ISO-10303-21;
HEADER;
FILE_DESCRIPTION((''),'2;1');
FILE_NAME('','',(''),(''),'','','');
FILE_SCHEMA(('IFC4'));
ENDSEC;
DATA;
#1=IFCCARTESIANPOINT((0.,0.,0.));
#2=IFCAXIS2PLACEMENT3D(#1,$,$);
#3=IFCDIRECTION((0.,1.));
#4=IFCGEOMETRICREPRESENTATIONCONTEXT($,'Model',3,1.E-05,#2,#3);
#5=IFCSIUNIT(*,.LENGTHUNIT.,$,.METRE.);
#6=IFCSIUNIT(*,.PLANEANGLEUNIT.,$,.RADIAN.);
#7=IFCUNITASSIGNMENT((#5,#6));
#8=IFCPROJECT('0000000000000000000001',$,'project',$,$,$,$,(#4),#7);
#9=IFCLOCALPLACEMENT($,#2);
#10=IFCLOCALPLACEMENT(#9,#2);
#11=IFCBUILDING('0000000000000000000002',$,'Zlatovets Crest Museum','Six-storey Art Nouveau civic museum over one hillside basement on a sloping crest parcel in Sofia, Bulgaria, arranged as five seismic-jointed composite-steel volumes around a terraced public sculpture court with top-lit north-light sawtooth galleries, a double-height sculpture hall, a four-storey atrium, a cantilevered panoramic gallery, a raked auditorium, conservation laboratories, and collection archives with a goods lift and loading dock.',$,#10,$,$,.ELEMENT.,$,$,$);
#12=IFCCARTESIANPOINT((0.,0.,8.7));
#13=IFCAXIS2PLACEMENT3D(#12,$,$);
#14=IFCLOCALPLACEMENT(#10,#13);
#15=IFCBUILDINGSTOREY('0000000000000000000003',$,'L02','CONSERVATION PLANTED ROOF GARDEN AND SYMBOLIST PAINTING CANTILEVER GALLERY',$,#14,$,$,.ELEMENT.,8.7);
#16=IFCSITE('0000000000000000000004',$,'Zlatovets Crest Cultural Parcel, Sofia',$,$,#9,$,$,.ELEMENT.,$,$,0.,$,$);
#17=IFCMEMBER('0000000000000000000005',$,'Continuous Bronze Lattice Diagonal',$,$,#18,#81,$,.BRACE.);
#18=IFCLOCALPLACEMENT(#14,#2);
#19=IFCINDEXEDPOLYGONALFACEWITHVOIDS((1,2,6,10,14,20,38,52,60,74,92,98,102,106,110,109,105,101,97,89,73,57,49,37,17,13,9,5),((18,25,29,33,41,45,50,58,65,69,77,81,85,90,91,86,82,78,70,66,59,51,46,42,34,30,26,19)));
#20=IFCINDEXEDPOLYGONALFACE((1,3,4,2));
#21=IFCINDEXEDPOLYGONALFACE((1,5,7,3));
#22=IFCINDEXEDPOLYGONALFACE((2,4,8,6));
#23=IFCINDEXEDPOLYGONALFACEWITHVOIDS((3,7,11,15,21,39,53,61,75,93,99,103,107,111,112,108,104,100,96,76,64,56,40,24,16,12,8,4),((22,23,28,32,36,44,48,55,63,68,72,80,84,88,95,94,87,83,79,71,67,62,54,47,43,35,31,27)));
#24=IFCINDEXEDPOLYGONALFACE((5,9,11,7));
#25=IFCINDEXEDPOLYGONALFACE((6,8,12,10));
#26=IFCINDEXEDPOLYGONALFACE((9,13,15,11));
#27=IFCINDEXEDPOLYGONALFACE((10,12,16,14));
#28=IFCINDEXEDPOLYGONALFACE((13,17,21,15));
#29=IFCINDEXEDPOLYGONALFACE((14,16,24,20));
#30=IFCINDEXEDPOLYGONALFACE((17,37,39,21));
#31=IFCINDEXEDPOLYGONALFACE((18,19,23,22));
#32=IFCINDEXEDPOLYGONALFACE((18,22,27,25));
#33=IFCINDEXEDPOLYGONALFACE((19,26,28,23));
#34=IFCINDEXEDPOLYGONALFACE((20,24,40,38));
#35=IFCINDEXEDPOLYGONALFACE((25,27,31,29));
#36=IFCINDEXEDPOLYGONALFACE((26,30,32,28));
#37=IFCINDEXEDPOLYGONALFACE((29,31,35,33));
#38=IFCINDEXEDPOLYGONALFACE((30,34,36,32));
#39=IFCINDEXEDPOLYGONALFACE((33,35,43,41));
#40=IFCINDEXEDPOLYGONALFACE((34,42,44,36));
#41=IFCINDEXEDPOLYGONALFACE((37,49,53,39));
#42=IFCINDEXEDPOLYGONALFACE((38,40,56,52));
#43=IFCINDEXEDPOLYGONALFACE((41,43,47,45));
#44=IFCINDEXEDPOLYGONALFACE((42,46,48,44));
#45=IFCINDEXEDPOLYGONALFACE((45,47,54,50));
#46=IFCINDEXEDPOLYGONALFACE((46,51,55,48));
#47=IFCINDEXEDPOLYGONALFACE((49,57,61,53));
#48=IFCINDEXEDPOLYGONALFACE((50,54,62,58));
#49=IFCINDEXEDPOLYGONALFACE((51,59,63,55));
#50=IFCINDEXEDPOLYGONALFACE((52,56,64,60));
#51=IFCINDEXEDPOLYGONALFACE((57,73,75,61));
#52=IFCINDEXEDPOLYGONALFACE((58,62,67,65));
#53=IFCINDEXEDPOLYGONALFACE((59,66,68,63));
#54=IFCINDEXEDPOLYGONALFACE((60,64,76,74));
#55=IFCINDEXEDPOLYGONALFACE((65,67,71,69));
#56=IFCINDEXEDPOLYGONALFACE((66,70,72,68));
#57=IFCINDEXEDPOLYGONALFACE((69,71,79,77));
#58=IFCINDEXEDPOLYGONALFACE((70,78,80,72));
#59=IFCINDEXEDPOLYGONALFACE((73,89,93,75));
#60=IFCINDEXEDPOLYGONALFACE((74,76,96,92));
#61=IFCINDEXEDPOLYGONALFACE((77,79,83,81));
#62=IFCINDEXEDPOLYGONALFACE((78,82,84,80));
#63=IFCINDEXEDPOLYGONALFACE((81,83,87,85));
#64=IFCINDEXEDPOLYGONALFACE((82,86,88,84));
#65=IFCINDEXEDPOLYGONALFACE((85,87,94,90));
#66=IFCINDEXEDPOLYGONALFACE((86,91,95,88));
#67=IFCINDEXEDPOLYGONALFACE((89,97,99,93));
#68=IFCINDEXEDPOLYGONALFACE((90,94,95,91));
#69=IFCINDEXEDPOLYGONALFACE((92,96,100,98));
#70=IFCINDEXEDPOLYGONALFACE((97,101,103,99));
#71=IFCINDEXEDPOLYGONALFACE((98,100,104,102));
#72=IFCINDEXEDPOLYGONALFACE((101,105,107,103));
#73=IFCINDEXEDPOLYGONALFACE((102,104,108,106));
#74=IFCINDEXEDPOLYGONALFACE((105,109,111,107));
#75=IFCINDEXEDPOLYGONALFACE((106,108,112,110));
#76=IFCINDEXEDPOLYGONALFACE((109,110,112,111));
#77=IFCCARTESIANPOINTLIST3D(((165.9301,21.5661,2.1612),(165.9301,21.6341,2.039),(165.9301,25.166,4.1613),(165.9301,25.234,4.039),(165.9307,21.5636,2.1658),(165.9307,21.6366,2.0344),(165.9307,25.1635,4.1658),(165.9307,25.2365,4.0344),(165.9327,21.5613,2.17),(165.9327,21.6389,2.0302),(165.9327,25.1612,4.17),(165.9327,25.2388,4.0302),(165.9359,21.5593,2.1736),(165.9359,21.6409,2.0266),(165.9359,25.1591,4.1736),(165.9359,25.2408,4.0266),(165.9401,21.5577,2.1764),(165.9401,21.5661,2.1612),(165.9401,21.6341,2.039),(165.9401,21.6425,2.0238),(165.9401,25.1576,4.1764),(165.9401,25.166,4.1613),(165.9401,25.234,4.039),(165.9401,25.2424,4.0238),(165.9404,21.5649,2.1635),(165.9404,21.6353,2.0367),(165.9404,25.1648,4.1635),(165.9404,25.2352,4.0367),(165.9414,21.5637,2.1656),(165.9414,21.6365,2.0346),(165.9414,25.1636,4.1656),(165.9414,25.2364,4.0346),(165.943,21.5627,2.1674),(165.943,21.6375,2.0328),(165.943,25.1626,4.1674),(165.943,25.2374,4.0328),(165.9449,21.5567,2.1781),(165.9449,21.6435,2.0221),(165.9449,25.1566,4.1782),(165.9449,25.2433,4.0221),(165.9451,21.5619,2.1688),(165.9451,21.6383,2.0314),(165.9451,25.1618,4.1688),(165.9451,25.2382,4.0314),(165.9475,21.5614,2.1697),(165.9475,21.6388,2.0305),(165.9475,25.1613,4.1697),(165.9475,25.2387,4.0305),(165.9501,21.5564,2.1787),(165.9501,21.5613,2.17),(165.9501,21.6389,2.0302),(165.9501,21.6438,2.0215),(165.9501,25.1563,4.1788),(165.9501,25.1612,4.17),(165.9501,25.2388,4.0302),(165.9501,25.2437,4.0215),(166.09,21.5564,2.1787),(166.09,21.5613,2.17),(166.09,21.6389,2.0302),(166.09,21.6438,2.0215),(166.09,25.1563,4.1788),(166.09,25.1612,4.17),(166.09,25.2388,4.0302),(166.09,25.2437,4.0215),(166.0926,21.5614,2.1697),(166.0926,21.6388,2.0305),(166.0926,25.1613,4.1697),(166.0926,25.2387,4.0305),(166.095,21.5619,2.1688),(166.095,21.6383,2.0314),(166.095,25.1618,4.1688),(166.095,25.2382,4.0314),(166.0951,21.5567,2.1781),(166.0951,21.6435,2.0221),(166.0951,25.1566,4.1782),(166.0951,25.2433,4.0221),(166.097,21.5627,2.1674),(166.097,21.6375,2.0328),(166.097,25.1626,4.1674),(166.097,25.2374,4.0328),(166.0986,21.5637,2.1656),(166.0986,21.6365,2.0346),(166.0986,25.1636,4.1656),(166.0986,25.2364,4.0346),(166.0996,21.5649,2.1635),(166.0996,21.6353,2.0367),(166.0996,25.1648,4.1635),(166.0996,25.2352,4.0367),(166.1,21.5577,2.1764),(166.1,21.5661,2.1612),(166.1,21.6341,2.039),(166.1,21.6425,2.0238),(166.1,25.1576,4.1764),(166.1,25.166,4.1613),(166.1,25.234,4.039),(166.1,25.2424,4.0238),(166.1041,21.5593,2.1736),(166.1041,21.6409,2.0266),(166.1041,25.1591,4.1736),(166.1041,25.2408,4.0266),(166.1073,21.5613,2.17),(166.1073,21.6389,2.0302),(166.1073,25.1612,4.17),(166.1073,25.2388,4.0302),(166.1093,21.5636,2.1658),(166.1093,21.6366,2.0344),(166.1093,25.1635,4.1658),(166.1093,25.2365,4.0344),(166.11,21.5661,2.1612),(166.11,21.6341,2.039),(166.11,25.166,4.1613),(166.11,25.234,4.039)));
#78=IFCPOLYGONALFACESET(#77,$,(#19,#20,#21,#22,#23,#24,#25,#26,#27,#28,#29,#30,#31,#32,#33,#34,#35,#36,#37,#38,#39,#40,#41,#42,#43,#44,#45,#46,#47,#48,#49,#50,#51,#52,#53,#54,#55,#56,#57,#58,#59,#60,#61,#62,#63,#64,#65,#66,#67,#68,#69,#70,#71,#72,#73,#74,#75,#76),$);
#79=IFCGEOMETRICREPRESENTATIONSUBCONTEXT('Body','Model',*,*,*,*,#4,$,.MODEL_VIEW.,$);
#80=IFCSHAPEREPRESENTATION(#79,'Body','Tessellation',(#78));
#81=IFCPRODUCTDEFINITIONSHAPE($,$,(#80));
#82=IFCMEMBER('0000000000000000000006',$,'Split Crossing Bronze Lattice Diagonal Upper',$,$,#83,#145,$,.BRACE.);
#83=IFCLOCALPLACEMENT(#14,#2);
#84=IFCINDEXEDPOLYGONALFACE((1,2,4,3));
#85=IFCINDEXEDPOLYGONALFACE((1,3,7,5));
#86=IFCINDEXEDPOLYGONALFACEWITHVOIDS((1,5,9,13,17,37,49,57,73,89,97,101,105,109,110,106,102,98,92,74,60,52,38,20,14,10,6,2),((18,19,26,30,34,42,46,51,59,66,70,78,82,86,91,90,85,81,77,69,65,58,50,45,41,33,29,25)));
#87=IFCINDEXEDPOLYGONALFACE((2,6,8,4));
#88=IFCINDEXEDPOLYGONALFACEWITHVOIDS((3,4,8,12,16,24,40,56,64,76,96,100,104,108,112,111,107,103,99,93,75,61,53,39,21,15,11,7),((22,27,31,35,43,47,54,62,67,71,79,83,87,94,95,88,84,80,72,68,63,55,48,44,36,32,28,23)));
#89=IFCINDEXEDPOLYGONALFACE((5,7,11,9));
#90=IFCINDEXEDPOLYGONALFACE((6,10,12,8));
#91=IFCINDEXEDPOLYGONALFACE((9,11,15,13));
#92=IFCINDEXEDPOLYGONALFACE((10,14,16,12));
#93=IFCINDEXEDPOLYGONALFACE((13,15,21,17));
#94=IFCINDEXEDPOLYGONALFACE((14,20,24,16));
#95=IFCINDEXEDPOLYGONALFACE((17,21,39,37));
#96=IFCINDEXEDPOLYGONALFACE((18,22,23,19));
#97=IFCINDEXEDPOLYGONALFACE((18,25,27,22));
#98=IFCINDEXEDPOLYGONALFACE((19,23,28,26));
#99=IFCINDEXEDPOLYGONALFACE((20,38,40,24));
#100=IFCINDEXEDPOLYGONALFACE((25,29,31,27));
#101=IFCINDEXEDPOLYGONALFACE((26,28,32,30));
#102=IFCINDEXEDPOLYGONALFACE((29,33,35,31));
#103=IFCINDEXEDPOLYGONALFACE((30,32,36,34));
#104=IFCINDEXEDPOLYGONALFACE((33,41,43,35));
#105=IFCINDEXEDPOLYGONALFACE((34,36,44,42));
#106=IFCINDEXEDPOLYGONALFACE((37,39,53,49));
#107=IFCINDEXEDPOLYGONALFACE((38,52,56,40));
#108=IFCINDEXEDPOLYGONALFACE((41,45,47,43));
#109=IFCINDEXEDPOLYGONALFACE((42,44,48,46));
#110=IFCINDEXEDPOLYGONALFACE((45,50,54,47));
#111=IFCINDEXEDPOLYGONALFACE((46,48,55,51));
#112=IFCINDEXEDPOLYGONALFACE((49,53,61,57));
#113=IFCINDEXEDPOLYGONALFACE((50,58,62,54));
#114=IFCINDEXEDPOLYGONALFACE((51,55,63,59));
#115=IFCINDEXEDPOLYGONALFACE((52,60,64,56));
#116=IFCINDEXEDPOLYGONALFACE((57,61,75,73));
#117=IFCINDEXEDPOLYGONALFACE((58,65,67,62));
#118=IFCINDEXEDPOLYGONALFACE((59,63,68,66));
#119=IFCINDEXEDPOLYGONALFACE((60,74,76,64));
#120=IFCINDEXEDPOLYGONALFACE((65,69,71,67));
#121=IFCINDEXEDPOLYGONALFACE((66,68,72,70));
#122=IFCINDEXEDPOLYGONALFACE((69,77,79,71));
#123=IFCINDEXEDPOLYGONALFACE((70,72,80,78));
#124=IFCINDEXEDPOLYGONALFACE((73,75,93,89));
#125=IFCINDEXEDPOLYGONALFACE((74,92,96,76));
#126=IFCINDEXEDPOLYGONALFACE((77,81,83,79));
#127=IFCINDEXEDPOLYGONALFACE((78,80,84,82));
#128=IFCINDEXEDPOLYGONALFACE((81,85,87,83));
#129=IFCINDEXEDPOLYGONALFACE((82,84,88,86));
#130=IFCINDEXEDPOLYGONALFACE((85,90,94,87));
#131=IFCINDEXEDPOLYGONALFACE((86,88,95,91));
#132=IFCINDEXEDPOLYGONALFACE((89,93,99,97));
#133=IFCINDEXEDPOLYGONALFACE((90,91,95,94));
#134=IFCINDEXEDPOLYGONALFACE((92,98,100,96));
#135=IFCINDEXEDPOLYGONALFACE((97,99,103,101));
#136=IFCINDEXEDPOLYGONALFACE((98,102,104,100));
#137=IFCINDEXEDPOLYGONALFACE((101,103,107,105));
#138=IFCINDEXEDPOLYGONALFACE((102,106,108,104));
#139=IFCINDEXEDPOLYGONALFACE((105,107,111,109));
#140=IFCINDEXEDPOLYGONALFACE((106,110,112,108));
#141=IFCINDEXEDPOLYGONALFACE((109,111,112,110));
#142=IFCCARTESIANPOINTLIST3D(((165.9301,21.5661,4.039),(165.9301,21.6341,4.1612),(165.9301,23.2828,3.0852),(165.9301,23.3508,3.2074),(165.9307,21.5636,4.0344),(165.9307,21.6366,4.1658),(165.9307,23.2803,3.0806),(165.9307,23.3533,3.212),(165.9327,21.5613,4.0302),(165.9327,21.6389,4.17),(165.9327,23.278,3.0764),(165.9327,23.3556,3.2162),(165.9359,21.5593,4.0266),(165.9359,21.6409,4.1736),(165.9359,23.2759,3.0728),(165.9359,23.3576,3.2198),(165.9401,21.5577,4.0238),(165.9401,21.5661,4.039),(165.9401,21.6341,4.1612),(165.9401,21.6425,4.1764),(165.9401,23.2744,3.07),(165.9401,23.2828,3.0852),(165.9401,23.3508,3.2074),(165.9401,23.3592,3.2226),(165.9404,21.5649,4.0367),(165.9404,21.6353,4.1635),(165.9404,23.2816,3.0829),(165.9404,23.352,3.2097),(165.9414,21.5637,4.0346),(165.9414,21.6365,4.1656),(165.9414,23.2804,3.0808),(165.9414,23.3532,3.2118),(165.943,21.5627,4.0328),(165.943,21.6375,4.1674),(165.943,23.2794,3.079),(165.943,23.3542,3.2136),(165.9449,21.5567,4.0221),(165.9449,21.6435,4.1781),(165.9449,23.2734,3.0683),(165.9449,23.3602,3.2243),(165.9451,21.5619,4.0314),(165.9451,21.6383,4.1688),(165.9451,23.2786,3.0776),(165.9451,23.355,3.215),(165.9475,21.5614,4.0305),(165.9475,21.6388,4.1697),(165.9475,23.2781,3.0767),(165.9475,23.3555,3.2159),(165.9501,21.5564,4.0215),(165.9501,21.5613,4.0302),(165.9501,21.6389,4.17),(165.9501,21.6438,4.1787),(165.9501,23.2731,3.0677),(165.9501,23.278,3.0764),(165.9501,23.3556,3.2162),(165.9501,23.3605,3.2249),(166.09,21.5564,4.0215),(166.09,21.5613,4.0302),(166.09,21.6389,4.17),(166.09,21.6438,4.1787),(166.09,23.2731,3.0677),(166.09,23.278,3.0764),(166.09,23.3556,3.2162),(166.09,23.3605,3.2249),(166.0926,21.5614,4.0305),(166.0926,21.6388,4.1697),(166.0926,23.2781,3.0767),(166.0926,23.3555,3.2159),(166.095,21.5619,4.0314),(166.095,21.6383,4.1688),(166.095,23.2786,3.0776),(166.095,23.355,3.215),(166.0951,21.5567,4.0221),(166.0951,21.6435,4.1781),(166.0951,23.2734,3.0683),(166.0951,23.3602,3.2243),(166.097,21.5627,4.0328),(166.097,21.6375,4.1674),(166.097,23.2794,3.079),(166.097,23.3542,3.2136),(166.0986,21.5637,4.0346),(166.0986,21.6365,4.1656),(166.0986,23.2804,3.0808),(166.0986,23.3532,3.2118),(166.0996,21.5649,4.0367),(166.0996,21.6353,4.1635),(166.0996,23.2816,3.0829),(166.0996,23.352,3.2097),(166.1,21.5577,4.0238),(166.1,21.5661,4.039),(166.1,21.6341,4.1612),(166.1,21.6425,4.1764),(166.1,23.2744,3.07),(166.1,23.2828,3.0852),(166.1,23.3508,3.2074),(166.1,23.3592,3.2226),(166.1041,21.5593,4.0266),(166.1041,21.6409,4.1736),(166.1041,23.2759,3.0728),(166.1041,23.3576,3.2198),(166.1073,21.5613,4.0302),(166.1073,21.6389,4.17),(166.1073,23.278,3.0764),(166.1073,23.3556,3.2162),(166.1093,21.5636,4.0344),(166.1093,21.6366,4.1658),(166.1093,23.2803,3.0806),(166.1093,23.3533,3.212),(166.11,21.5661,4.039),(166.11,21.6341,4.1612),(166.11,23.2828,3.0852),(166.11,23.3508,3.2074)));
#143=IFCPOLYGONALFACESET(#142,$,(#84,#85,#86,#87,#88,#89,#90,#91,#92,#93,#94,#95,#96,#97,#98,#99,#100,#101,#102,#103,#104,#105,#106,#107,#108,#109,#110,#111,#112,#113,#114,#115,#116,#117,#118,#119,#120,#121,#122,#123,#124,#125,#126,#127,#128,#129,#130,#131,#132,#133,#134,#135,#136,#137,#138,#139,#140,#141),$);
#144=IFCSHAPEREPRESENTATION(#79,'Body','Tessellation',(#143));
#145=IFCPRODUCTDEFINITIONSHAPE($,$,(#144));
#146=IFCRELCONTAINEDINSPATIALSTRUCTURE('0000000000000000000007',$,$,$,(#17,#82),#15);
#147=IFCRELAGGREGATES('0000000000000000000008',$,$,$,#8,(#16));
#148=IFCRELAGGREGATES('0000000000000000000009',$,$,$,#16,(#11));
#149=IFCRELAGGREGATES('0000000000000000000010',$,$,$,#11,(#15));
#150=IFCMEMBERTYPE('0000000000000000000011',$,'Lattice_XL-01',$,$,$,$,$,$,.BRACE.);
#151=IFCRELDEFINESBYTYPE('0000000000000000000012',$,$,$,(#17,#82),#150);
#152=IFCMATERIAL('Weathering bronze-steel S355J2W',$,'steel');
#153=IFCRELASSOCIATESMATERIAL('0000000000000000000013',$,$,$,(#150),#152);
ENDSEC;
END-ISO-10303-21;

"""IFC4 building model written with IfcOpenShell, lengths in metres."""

from ifc_helpers import new_model, si_unit, direction, frame, origin, origin_2d, place, context, subcontext, project, spatial, hollow_rectangle, extrude, material, material_profile, profile_set, type_object, element, save


model = new_model("IFC4")

# Units and contexts
model_context = context("Model", 3, precision=1e-05, world=origin(), true_north=direction((0.0, 1.0)))
body_context = subcontext(model_context, "Body", "Model", "MODEL_VIEW")
ifc_project = project(units=[si_unit("LENGTHUNIT", "METRE"), si_unit("PLANEANGLEUNIT", "RADIAN")], contexts=[model_context])

# Site, building, storey
site_placement = place(None, origin())
site = spatial("IfcSite", under=ifc_project, at=site_placement, Name="Zlatovets Crest Cultural Parcel, Sofia", CompositionType="ELEMENT", RefElevation=0.0)
building_placement = place(site_placement, origin())
building = spatial("IfcBuilding", under=site, at=building_placement, Name="Zlatovets Crest Museum", Description="Six-storey Art Nouveau civic museum over one hillside basement on a sloping crest parcel in Sofia, Bulgaria, arranged as five seismic-jointed composite-steel volumes around a terraced public sculpture court with top-lit north-light sawtooth galleries, a double-height sculpture hall, a four-storey atrium, a cantilevered panoramic gallery, a raked auditorium, conservation laboratories, and collection archives with a goods lift and loading dock.", CompositionType="ELEMENT")
storey_placement = place(building_placement, frame((0.0, 0.0, 8.7)))
storey = spatial("IfcBuildingStorey", under=building, at=storey_placement, Name="L02", Description="CONSERVATION PLANTED ROOF GARDEN AND SYMBOLIST PAINTING CANTILEVER GALLERY", CompositionType="ELEMENT", Elevation=8.7)

# Members
ifc_material_1 = material(Name="Weathering bronze-steel S355J2W", Category="steel")
ifc_material_profile_1 = material_profile(ifc_material_1, hollow_rectangle(XDim=0.1799, YDim=0.1799, WallThickness=0.01, InnerFilletRadius=0.01, OuterFilletRadius=0.02, at=origin_2d()), Name="SHS 180x180x10.0")
ifc_profile_set_1 = profile_set([ifc_material_profile_1], Name="Weathering bronze-steel S355J2W")
member_type_1 = type_object("IfcMemberType", Name="Lattice_XL-01", PredefinedType="BRACE", material=ifc_profile_set_1)
member_1_placement = place(storey_placement, frame((166.02, 21.6001, 2.1001), z_axis=(0.0, 0.874149, 0.485658), x_axis=(-1.0, 0.0, 0.0)))
element("IfcMember", 1, at=member_1_placement, inside=storey, type_object=member_type_1, Name="Continuous Bronze Lattice Diagonal", PredefinedType="BRACE", context=body_context, shape_type="SweptSolid", body=[
    extrude(hollow_rectangle(XDim=0.1799, YDim=0.1799, WallThickness=0.01, InnerFilletRadius=0.01, OuterFilletRadius=0.02, at=origin_2d()), origin(), (0.0, 0.0, 1.0), 4.1182),
])
member_2_placement = place(storey_placement, frame((166.02, 21.6001, 4.1001), z_axis=(0.0, 0.87414, -0.485675), x_axis=(-1.0, 0.0, 0.0)))
element("IfcMember", 2, at=member_2_placement, inside=storey, type_object=member_type_1, Name="Split Crossing Bronze Lattice Diagonal Upper", PredefinedType="BRACE", context=body_context, shape_type="SweptSolid", body=[
    extrude(hollow_rectangle(XDim=0.1799, YDim=0.1799, WallThickness=0.01, InnerFilletRadius=0.01, OuterFilletRadius=0.02, at=origin_2d()), origin(), (0.0, 0.0, 1.0), 1.9639),
])

save(model, "model.ifc")
